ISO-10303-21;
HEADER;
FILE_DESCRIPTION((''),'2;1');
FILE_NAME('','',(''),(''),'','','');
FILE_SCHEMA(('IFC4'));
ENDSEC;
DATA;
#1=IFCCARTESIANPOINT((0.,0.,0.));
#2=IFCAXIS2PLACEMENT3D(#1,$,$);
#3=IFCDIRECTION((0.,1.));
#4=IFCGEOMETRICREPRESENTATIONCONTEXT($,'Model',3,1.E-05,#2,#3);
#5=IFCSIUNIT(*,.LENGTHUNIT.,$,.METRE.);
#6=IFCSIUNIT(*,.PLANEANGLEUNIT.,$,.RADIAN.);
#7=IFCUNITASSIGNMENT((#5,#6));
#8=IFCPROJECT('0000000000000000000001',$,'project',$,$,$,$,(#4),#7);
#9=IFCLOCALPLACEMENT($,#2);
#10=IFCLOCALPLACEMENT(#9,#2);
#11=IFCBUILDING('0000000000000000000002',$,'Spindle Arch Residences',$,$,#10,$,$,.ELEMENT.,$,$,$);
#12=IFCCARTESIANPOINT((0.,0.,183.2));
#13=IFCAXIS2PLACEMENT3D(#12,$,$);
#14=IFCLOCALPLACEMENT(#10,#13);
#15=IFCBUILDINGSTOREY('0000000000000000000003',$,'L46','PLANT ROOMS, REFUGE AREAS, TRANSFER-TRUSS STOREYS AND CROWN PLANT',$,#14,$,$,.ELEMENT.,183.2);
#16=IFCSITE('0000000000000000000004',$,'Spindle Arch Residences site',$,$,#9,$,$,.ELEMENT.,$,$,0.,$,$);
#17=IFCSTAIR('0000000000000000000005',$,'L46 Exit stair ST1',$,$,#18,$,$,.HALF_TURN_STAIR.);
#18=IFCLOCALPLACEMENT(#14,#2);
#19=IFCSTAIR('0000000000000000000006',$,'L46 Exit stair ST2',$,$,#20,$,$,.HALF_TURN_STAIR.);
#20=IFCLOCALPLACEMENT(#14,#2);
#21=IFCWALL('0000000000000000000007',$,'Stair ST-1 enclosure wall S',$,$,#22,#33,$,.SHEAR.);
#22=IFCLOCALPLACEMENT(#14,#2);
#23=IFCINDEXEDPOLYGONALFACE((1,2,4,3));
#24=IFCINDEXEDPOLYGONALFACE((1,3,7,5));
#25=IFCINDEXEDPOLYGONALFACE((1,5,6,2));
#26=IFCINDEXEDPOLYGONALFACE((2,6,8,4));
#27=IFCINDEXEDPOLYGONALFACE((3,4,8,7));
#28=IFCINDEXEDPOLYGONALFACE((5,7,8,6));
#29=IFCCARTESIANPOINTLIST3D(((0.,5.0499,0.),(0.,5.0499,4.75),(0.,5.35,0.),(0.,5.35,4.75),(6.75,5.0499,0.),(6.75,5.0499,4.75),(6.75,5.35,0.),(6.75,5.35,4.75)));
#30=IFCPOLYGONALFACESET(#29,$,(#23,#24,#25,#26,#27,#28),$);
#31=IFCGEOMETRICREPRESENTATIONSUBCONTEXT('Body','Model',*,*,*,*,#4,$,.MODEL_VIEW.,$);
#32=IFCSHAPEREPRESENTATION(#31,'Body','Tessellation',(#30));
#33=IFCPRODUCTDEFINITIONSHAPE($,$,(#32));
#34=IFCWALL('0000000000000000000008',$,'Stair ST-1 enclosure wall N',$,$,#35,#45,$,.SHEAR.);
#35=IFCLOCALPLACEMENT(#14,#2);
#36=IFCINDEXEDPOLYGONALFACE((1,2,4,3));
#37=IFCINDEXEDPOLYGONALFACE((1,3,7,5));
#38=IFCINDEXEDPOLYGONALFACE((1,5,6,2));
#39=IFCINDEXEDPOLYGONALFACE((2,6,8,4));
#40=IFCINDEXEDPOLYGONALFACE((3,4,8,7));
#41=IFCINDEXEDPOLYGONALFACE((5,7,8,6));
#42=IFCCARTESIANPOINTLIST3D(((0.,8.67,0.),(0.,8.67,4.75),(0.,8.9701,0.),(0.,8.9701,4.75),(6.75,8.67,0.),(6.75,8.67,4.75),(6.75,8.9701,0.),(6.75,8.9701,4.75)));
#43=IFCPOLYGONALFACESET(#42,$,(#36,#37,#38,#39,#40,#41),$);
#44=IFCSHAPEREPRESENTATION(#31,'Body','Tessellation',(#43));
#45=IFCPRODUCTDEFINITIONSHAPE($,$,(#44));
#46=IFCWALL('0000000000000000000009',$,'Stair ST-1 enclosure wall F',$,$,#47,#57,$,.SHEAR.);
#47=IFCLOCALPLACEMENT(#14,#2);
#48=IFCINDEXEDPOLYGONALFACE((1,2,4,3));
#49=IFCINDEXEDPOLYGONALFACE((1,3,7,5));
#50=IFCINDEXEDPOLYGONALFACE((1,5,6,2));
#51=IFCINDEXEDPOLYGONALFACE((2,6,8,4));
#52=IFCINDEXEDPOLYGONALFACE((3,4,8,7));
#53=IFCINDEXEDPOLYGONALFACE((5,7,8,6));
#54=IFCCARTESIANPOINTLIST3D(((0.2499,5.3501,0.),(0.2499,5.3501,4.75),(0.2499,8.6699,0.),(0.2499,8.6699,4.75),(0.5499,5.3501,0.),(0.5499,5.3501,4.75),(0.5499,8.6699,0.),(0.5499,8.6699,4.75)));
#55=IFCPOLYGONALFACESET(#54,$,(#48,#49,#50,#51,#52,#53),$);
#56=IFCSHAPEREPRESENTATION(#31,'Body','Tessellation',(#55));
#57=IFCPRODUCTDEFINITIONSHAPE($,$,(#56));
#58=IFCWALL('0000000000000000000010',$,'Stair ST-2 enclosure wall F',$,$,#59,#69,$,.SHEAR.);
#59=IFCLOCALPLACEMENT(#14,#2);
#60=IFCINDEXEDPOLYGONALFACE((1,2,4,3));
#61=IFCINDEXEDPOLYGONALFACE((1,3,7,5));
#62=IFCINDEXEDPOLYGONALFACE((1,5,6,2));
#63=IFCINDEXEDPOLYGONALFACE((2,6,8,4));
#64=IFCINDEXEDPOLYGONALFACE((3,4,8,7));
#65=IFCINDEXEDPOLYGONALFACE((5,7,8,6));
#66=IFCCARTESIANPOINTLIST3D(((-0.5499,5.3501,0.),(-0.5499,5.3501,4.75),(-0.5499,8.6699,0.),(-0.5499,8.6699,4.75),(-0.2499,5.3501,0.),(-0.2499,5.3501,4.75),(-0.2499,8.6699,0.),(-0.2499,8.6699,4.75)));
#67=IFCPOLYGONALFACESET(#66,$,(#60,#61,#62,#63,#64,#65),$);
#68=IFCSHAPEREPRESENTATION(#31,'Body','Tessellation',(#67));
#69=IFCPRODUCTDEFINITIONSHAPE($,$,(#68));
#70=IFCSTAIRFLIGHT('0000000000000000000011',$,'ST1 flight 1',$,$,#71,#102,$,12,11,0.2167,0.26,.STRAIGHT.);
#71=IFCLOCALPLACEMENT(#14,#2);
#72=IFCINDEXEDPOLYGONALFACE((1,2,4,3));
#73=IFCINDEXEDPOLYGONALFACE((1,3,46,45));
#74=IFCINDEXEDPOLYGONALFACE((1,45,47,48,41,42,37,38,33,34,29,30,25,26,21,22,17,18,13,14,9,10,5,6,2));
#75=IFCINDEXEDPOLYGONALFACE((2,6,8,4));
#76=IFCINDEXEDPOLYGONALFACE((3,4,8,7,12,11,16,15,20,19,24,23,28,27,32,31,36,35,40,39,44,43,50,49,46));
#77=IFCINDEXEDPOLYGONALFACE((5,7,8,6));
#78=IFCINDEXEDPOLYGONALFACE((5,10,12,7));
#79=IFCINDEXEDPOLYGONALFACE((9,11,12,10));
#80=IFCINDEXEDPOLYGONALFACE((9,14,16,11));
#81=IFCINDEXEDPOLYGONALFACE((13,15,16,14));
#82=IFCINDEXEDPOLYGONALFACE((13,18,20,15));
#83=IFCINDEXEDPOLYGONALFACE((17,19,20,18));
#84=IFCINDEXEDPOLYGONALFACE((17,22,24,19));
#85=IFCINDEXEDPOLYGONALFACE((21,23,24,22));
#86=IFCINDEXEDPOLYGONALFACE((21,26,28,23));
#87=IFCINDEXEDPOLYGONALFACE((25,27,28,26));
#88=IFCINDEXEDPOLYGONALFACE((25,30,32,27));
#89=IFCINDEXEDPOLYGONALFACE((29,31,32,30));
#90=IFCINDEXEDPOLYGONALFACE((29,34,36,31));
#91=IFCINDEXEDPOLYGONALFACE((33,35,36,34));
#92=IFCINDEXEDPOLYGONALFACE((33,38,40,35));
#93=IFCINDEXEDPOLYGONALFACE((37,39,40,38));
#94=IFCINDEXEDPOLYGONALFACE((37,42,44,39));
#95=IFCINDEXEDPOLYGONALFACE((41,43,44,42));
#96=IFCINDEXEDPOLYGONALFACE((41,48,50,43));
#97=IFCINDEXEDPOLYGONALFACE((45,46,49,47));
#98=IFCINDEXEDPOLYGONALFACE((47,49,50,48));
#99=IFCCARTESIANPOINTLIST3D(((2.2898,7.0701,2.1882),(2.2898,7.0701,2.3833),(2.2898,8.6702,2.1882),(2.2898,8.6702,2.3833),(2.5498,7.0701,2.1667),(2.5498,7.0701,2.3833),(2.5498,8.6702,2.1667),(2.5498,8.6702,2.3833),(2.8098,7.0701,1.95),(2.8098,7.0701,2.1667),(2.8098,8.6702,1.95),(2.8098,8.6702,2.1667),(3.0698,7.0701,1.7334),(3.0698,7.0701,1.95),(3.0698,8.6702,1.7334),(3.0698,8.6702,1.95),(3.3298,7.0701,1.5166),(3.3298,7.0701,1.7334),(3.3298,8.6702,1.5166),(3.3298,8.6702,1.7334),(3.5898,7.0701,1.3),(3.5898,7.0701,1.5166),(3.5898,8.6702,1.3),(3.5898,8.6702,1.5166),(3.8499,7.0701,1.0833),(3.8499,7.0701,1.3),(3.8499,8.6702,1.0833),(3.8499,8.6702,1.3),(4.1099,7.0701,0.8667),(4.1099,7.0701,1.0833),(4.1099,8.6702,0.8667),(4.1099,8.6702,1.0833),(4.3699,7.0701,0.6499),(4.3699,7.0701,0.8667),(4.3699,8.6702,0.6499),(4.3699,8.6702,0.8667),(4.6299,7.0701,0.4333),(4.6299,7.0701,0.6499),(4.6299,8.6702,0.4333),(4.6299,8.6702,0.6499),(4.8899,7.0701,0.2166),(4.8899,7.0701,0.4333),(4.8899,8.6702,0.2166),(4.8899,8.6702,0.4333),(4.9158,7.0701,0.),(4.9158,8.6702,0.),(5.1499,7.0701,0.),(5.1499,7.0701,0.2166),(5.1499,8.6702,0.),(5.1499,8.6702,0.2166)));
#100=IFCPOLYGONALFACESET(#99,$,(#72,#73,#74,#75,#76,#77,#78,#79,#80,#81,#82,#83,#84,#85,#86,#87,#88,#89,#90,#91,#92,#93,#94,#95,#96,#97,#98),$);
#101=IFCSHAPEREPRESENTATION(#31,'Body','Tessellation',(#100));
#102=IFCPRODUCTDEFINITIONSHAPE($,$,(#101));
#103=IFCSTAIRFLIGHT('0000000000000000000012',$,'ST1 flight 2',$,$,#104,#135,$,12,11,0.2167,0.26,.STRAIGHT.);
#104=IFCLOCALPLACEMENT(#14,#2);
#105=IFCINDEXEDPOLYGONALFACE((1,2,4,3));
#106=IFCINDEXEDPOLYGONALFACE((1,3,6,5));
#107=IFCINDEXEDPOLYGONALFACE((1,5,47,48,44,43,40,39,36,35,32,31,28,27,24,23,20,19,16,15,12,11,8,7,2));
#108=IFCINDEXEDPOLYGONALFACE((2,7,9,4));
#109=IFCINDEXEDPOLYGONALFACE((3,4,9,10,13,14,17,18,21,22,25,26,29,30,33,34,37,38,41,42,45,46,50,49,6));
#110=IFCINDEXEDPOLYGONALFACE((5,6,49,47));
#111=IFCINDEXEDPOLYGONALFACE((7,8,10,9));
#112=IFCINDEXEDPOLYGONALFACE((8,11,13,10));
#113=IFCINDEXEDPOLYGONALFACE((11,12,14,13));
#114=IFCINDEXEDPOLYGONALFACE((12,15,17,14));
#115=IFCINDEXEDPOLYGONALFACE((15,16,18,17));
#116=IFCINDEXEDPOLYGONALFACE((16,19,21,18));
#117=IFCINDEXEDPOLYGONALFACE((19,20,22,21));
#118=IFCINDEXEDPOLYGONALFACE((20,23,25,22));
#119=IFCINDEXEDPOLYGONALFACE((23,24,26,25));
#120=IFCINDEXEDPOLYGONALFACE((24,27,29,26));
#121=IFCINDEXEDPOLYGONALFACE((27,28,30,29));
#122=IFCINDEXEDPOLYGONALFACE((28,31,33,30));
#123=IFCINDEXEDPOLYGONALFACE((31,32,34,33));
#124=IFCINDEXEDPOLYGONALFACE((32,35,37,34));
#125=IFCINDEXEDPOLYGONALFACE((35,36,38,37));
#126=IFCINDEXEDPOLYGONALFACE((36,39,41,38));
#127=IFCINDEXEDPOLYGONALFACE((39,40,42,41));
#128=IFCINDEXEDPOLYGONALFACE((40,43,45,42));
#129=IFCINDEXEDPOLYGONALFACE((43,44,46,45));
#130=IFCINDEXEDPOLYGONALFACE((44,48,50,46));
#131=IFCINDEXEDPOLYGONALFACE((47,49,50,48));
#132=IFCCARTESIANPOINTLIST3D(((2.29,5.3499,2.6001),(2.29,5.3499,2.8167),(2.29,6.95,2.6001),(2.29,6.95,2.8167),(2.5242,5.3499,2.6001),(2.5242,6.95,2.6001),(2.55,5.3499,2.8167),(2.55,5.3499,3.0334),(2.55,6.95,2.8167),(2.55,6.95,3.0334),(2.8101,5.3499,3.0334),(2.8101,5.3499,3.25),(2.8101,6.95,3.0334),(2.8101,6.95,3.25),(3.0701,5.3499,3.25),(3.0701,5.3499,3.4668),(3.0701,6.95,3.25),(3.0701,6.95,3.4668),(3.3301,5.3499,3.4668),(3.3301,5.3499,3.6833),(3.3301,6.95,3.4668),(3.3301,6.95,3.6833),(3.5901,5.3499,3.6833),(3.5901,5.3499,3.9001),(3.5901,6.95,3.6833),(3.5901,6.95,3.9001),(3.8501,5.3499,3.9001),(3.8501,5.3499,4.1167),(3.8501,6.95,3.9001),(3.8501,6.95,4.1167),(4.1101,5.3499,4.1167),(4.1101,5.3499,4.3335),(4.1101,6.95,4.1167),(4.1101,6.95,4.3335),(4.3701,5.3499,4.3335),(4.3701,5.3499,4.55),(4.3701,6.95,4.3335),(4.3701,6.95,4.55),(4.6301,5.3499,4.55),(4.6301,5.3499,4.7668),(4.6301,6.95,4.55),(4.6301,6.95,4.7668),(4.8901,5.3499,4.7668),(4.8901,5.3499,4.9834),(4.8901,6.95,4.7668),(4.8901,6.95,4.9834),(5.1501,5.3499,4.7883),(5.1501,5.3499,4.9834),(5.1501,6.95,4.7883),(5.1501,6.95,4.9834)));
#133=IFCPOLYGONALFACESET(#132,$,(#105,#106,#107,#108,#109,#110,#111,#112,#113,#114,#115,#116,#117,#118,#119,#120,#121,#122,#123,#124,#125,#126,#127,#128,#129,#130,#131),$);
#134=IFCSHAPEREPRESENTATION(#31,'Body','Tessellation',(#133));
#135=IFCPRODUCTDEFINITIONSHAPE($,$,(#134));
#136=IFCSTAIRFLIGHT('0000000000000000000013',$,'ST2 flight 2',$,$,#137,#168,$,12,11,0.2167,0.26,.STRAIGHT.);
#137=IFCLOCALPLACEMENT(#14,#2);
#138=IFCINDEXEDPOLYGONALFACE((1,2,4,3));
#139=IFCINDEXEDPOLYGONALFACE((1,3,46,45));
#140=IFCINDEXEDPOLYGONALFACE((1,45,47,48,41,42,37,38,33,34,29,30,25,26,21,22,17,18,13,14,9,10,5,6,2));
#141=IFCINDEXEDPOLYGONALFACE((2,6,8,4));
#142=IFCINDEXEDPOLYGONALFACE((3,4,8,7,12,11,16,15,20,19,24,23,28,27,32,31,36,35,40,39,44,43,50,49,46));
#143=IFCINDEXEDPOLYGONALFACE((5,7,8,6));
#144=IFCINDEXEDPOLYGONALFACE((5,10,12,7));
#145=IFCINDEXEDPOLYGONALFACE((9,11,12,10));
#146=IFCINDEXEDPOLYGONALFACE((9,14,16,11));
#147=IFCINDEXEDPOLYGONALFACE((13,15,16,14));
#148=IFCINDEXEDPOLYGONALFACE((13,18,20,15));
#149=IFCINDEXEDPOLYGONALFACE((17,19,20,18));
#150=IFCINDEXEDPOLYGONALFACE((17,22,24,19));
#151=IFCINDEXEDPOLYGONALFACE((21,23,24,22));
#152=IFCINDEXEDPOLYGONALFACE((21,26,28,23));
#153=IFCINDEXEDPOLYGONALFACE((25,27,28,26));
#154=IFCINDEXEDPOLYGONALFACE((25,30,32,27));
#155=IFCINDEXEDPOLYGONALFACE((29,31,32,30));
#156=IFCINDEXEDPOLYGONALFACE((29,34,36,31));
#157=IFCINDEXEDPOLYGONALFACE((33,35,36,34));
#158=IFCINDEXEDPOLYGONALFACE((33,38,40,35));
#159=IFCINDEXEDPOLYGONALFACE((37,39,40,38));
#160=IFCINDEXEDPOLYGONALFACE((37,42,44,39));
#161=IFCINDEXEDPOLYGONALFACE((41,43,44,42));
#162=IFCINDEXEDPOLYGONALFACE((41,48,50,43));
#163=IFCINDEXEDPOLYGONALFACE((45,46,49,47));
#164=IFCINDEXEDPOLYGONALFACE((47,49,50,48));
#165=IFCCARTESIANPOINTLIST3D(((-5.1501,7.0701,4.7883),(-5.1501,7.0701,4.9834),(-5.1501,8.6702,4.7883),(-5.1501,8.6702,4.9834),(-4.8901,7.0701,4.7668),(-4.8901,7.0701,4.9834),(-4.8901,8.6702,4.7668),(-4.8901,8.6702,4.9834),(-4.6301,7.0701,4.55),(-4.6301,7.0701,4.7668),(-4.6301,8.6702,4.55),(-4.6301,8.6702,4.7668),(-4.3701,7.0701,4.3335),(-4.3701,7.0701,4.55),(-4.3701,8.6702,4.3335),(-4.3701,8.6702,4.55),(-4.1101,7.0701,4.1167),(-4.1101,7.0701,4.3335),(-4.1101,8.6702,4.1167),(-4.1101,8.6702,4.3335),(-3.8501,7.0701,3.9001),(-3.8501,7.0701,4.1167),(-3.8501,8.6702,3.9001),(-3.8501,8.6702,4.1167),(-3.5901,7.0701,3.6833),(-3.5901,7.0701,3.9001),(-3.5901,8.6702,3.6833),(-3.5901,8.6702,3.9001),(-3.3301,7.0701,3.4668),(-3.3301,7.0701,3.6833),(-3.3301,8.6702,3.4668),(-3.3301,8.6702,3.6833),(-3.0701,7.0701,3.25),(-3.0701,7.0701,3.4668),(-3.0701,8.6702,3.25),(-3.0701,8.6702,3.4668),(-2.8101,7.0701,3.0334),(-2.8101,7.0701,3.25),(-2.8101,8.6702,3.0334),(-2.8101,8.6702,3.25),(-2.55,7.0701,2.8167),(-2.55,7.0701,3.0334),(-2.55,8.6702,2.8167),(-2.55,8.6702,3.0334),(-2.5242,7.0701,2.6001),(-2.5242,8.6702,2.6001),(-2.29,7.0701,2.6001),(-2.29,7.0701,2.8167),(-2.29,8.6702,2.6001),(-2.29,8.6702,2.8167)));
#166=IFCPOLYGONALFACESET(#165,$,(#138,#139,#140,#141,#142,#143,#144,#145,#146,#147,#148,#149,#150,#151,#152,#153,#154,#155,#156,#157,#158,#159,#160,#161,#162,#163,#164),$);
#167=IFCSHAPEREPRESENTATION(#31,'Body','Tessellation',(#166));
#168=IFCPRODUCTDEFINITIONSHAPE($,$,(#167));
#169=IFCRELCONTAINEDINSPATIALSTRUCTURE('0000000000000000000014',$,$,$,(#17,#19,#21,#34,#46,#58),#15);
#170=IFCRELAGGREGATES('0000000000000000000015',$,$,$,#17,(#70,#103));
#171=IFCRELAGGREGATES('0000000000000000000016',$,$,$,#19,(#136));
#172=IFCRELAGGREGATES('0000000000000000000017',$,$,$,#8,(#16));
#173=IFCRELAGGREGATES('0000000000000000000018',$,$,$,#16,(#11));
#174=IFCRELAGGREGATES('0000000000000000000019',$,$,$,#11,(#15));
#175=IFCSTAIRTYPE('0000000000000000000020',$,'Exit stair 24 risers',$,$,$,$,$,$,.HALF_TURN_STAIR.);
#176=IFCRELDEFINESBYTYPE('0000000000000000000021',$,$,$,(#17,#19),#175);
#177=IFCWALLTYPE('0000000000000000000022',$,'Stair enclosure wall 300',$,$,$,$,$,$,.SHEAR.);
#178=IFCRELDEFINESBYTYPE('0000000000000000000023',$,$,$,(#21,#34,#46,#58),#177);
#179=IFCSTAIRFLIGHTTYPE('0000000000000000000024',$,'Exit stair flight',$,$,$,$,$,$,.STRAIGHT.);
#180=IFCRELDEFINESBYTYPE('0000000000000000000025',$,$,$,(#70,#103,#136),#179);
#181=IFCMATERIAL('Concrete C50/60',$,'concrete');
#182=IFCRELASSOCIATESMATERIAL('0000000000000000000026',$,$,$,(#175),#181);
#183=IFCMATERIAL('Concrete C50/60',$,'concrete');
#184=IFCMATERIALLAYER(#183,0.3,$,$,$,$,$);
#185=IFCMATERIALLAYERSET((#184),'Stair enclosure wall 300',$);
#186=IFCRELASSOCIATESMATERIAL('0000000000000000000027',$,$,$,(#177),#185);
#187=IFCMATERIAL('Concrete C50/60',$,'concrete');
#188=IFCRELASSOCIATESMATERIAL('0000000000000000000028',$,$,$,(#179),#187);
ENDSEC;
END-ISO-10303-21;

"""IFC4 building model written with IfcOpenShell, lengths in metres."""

from ifc_helpers import new_model, si_unit, direction, frame, frame_2d, origin, place, context, subcontext, project, spatial, polyline, rectangle, outline, extrude, material, layer, layer_set, type_object, element, aggregate, save


model = new_model("IFC4")

# Units and contexts
model_context = context("Model", 3, precision=1e-05, world=origin(), true_north=direction((0.0, 1.0)))
body_context = subcontext(model_context, "Body", "Model", "MODEL_VIEW")
ifc_project = project(units=[si_unit("LENGTHUNIT", "METRE"), si_unit("PLANEANGLEUNIT", "RADIAN")], contexts=[model_context])

# Site, building, storey
site_placement = place(None, origin())
site = spatial("IfcSite", under=ifc_project, at=site_placement, Name="Spindle Arch Residences site", CompositionType="ELEMENT", RefElevation=0.0)
building_placement = place(site_placement, origin())
building = spatial("IfcBuilding", under=site, at=building_placement, Name="Spindle Arch Residences", CompositionType="ELEMENT")
storey_placement = place(building_placement, frame((0.0, 0.0, 183.2)))
storey = spatial("IfcBuildingStorey", under=building, at=storey_placement, Name="L46", Description="PLANT ROOMS, REFUGE AREAS, TRANSFER-TRUSS STOREYS AND CROWN PLANT", CompositionType="ELEMENT", Elevation=183.2)

# Stairs
ifc_material_1 = material(Name="Concrete C50/60", Category="concrete")
stair_type = type_object("IfcStairType", Name="Exit stair 24 risers", PredefinedType="HALF_TURN_STAIR", material=ifc_material_1)
stair_1_placement = place(storey_placement, origin())
stair_1 = element("IfcStair", 1, at=stair_1_placement, inside=storey, type_object=stair_type, Name="L46 Exit stair ST1", PredefinedType="HALF_TURN_STAIR")
stair_2_placement = place(storey_placement, origin())
stair_2 = element("IfcStair", 2, at=stair_2_placement, inside=storey, type_object=stair_type, Name="L46 Exit stair ST2", PredefinedType="HALF_TURN_STAIR")

# Walls
ifc_material_2 = material(Name="Concrete C50/60", Category="concrete")
ifc_layer_1 = layer(ifc_material_2, 0.3)
ifc_layer_set_1 = layer_set([ifc_layer_1], Name="Stair enclosure wall 300")
wall_type_1 = type_object("IfcWallType", Name="Stair enclosure wall 300", PredefinedType="SHEAR", material=ifc_layer_set_1)
for number, where, z_axis, x_axis, name in (
    (3, (0.0, 5.2, 0.0), (0.0, 0.0, 1.0), (1.0, 0.0, 0.0), "Stair ST-1 enclosure wall S"),
    (4, (0.0, 8.8201, 0.0), (0.0, 0.0, 1.0), (1.0, 0.0, 0.0), "Stair ST-1 enclosure wall N"),
):
    element("IfcWall", number, at=place(storey_placement, frame(where, z_axis=z_axis, x_axis=x_axis)), inside=storey, type_object=wall_type_1, Name=name, PredefinedType="SHEAR", context=body_context, shape_type="SweptSolid", body=[
        extrude(rectangle(XDim=6.75, YDim=0.3, at=frame_2d((3.375, 0.0))), origin(), (0.0, 0.0, 1.0), 4.75),
    ])
for number, where, z_axis, x_axis, name in (
    (5, (0.3999, 5.3501, 0.0), (0.0, 0.0, 1.0), (0.0, 1.0, 0.0), "Stair ST-1 enclosure wall F"),
    (6, (-0.3999, 5.3501, 0.0), (0.0, 0.0, 1.0), (0.0, 1.0, 0.0), "Stair ST-2 enclosure wall F"),
):
    element("IfcWall", number, at=place(storey_placement, frame(where, z_axis=z_axis, x_axis=x_axis)), inside=storey, type_object=wall_type_1, Name=name, PredefinedType="SHEAR", context=body_context, shape_type="SweptSolid", body=[
        extrude(rectangle(XDim=3.3198, YDim=0.3, at=frame_2d((1.6599, 0.0))), origin(), (0.0, 0.0, 1.0), 4.75),
    ])

# Stair flights
ifc_material_3 = material(Name="Concrete C50/60", Category="concrete")
stair_flight_type = type_object("IfcStairFlightType", Name="Exit stair flight", PredefinedType="STRAIGHT", material=ifc_material_3)
stair_flight_1_placement = place(storey_placement, frame((5.1499, 7.8701, 0.0), z_axis=(0.0, 0.0, 1.0), x_axis=(-1.0, 0.0, 0.0)))
stair_flight_1 = element("IfcStairFlight", 7, at=stair_flight_1_placement, type_object=stair_flight_type, Name="ST1 flight 1", NumberOfRisers=12, NumberOfTreads=11, PredefinedType="STRAIGHT", RiserHeight=0.2167, TreadLength=0.26, context=body_context, shape_type="SweptSolid", body=[
    extrude(outline(polyline([(0.0, 0.0), (0.0, 0.2166), (0.26, 0.2166), (0.26, 0.4333), (0.52, 0.4333), (0.52, 0.6499), (0.78, 0.6499), (0.78, 0.8667), (1.04, 0.8667), (1.04, 1.0833), (1.3, 1.0833), (1.3, 1.3), (1.5601, 1.3), (1.5601, 1.5166), (1.8201, 1.5166), (1.8201, 1.7334), (2.0801, 1.7334), (2.0801, 1.95), (2.3401, 1.95), (2.3401, 2.1667), (2.6001, 2.1667), (2.6001, 2.3833), (2.8601, 2.3833), (2.8601, 2.6001), (2.8601, 2.1882), (0.2341, 0.0), (0.0, 0.0)])), frame((0.0, 0.8, 0.0), z_axis=(0.0, -1.0, 0.0), x_axis=(1.0, 0.0, 0.0)), (0.0, 0.0, 1.0), 1.6001),
])
stair_flight_2_placement = place(storey_placement, frame((2.29, 6.1499, 2.6001), z_axis=(0.0, 0.0, 1.0), x_axis=(1.0, 0.0, 0.0)))
stair_flight_2 = element("IfcStairFlight", 8, at=stair_flight_2_placement, type_object=stair_flight_type, Name="ST1 flight 2", NumberOfRisers=12, NumberOfTreads=11, PredefinedType="STRAIGHT", RiserHeight=0.2167, TreadLength=0.26, context=body_context, shape_type="SweptSolid", body=[
    extrude(outline(polyline([(0.0, 0.0), (0.0, 0.2166), (0.26, 0.2166), (0.26, 0.4333), (0.52, 0.4333), (0.52, 0.6499), (0.78, 0.6499), (0.78, 0.8667), (1.04, 0.8667), (1.04, 1.0833), (1.3, 1.0833), (1.3, 1.3), (1.5601, 1.3), (1.5601, 1.5166), (1.8201, 1.5166), (1.8201, 1.7334), (2.0801, 1.7334), (2.0801, 1.95), (2.3401, 1.95), (2.3401, 2.1667), (2.6001, 2.1667), (2.6001, 2.3833), (2.8601, 2.3833), (2.8601, 2.6001), (2.8601, 2.1882), (0.2341, 0.0), (0.0, 0.0)])), frame((0.0, 0.8, 0.0), z_axis=(0.0, -1.0, 0.0), x_axis=(1.0, 0.0, 0.0)), (0.0, 0.0, 1.0), 1.6001),
])
aggregate(stair_1, [stair_flight_1, stair_flight_2])
stair_flight_3_placement = place(storey_placement, frame((-2.29, 7.8701, 2.6001), z_axis=(0.0, 0.0, 1.0), x_axis=(-1.0, 0.0, 0.0)))
stair_flight_3 = element("IfcStairFlight", 9, at=stair_flight_3_placement, type_object=stair_flight_type, Name="ST2 flight 2", NumberOfRisers=12, NumberOfTreads=11, PredefinedType="STRAIGHT", RiserHeight=0.2167, TreadLength=0.26, context=body_context, shape_type="SweptSolid", body=[
    extrude(outline(polyline([(0.0, 0.0), (0.0, 0.2166), (0.26, 0.2166), (0.26, 0.4333), (0.52, 0.4333), (0.52, 0.6499), (0.78, 0.6499), (0.78, 0.8667), (1.04, 0.8667), (1.04, 1.0833), (1.3, 1.0833), (1.3, 1.3), (1.5601, 1.3), (1.5601, 1.5166), (1.8201, 1.5166), (1.8201, 1.7334), (2.0801, 1.7334), (2.0801, 1.95), (2.3401, 1.95), (2.3401, 2.1667), (2.6001, 2.1667), (2.6001, 2.3833), (2.8601, 2.3833), (2.8601, 2.6001), (2.8601, 2.1882), (0.2341, 0.0), (0.0, 0.0)])), frame((0.0, 0.8, 0.0), z_axis=(0.0, -1.0, 0.0), x_axis=(1.0, 0.0, 0.0)), (0.0, 0.0, 1.0), 1.6001),
])
aggregate(stair_2, [stair_flight_3])

save(model, "model.ifc")
